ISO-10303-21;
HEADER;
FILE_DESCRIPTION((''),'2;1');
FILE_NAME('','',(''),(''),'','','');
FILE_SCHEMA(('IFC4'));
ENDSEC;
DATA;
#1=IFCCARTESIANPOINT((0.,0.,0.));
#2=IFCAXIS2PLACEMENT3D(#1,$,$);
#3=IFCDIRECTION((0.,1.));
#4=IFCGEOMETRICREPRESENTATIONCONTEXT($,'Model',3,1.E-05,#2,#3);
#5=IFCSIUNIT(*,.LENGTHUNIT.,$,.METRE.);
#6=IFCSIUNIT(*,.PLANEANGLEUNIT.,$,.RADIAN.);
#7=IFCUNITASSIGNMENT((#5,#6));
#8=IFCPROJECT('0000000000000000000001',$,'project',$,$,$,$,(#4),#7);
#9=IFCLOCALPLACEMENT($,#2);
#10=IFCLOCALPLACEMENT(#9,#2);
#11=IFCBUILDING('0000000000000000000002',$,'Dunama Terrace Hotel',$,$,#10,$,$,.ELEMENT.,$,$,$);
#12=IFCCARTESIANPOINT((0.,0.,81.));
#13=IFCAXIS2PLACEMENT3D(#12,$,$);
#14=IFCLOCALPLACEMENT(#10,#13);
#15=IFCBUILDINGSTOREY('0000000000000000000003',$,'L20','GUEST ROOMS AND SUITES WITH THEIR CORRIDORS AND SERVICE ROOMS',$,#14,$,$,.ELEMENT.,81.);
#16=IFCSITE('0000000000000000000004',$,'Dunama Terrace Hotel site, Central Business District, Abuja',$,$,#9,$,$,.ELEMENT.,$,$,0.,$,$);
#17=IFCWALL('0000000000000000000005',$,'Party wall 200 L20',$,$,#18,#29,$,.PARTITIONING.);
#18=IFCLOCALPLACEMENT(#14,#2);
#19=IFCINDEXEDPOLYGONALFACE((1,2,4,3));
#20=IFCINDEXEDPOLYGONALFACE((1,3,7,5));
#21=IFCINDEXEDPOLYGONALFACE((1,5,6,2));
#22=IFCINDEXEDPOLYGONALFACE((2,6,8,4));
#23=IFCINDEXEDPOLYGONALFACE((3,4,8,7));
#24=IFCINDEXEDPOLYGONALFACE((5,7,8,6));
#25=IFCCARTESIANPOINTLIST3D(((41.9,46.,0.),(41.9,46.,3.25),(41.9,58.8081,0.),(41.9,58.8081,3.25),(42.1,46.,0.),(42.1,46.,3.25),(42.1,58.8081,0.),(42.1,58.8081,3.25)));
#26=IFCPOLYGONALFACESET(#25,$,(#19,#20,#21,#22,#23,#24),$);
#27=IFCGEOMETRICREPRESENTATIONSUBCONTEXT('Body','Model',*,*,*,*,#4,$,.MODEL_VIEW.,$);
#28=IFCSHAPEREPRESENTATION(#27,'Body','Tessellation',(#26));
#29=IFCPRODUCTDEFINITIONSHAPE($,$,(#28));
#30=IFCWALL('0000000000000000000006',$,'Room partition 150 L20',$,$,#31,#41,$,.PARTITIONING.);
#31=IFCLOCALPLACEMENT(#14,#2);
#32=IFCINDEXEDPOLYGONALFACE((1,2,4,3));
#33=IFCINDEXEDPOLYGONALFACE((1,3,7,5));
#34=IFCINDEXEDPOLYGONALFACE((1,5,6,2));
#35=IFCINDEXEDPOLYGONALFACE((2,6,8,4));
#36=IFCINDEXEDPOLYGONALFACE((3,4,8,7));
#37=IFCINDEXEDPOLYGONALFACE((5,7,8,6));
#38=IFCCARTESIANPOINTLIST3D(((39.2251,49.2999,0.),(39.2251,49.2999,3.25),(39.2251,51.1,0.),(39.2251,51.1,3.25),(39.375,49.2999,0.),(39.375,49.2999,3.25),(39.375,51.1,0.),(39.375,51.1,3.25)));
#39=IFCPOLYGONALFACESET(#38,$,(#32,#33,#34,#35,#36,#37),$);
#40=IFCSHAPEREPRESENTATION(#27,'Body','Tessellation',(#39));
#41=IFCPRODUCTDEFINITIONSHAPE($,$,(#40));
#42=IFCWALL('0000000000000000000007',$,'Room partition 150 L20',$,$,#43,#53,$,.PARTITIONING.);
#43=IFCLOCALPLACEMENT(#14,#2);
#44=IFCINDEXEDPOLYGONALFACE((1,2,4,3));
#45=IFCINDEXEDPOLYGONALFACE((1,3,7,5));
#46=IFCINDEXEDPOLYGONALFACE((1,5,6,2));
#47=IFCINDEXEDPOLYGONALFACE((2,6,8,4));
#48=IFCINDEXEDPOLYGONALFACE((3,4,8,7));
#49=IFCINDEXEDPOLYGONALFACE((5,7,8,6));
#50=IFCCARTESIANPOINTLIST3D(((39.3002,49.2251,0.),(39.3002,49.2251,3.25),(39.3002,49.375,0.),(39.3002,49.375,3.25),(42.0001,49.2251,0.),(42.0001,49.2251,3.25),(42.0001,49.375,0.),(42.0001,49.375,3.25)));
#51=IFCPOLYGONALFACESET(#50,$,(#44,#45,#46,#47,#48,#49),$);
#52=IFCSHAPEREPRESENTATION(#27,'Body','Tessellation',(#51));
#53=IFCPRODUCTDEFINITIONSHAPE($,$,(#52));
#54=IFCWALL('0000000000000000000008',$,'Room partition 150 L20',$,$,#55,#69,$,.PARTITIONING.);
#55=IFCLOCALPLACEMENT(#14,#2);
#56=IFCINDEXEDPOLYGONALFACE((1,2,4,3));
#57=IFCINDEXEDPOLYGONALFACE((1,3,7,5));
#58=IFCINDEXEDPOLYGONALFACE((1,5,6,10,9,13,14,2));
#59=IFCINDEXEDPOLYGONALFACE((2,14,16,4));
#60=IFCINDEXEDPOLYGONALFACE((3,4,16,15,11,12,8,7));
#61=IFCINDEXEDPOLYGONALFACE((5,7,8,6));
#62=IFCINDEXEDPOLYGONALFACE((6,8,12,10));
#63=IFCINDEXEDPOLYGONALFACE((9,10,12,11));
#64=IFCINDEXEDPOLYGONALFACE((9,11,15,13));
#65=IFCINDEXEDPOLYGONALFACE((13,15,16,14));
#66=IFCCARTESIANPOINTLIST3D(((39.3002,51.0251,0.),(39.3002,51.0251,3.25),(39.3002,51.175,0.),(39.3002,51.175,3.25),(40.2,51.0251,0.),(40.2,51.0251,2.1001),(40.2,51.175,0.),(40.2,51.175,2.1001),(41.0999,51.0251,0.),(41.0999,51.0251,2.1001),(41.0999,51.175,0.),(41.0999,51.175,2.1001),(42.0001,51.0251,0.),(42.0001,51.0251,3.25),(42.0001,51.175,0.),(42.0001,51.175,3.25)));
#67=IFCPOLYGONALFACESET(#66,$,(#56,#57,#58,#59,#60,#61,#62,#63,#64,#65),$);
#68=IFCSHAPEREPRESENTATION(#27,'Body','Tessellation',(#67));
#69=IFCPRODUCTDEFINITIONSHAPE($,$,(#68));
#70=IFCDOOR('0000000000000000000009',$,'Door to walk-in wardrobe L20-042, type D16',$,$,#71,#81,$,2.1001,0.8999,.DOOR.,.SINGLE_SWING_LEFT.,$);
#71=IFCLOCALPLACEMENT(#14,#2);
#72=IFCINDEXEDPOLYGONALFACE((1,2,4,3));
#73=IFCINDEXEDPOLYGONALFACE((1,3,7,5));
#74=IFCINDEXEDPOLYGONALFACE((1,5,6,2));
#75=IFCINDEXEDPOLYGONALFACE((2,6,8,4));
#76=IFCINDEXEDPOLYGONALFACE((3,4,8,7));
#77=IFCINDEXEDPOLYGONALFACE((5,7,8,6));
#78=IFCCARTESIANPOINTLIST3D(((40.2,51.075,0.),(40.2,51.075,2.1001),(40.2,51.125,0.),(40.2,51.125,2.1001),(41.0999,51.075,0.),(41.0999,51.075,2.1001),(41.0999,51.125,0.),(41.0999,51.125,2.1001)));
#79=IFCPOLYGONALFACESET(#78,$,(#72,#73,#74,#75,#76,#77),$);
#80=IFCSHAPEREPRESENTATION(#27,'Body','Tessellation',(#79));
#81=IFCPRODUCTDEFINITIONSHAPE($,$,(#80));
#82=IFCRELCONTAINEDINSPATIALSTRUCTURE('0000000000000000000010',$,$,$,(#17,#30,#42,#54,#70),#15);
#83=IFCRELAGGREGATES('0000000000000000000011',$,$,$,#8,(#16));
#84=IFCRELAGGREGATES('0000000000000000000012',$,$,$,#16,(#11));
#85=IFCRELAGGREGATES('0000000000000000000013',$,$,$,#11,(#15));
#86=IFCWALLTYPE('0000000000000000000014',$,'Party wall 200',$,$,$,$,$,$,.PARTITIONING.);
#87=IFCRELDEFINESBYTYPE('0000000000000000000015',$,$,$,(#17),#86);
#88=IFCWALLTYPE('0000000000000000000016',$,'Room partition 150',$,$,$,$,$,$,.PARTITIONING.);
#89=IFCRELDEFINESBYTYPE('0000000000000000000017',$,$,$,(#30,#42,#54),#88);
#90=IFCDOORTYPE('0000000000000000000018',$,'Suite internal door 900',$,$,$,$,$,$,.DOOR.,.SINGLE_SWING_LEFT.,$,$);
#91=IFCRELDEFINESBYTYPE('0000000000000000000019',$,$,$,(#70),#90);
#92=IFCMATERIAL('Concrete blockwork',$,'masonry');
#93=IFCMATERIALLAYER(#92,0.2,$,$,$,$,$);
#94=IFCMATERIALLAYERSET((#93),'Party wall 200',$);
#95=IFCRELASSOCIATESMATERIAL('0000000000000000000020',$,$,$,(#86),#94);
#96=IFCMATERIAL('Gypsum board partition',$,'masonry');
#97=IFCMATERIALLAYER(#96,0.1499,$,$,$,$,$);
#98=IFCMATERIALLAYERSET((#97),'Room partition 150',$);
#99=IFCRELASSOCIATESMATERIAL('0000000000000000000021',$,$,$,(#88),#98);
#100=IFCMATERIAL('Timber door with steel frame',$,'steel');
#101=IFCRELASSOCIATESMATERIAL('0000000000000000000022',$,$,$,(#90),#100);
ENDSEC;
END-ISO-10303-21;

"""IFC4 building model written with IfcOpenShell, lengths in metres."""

from ifc_helpers import new_model, si_unit, direction, frame, frame_2d, origin, place, context, subcontext, project, spatial, rectangle, extrude, material, layer, layer_set, type_object, element, fill, save


model = new_model("IFC4")

# Units and contexts
model_context = context("Model", 3, precision=1e-05, world=origin(), true_north=direction((0.0, 1.0)))
body_context = subcontext(model_context, "Body", "Model", "MODEL_VIEW")
ifc_project = project(units=[si_unit("LENGTHUNIT", "METRE"), si_unit("PLANEANGLEUNIT", "RADIAN")], contexts=[model_context])

# Site, building, storey
site_placement = place(None, origin())
site = spatial("IfcSite", under=ifc_project, at=site_placement, Name="Dunama Terrace Hotel site, Central Business District, Abuja", CompositionType="ELEMENT", RefElevation=0.0)
building_placement = place(site_placement, origin())
building = spatial("IfcBuilding", under=site, at=building_placement, Name="Dunama Terrace Hotel", CompositionType="ELEMENT")
storey_placement = place(building_placement, frame((0.0, 0.0, 81.0)))
storey = spatial("IfcBuildingStorey", under=building, at=storey_placement, Name="L20", Description="GUEST ROOMS AND SUITES WITH THEIR CORRIDORS AND SERVICE ROOMS", CompositionType="ELEMENT", Elevation=81.0)

# Walls
ifc_material_1 = material(Name="Concrete blockwork", Category="masonry")
ifc_layer_1 = layer(ifc_material_1, 0.2)
ifc_layer_set_1 = layer_set([ifc_layer_1], Name="Party wall 200")
wall_type_1 = type_object("IfcWallType", Name="Party wall 200", PredefinedType="PARTITIONING", material=ifc_layer_set_1)
for number, where, z_axis, x_axis, name in (
    (1, (42.0, 46.0, 0.0), (0.0, 0.0, 1.0), (0.0, 1.0, 0.0), "Party wall 200 L20"),
):
    element("IfcWall", number, at=place(storey_placement, frame(where, z_axis=z_axis, x_axis=x_axis)), inside=storey, type_object=wall_type_1, Name=name, PredefinedType="PARTITIONING", context=body_context, shape_type="SweptSolid", body=[
        extrude(rectangle(XDim=12.8081, YDim=0.2, at=frame_2d((6.4041, 0.0))), origin(), (0.0, 0.0, 1.0), 3.25),
    ])
ifc_material_2 = material(Name="Gypsum board partition", Category="masonry")
ifc_layer_2 = layer(ifc_material_2, 0.1499)
ifc_layer_set_2 = layer_set([ifc_layer_2], Name="Room partition 150")
wall_type_2 = type_object("IfcWallType", Name="Room partition 150", PredefinedType="PARTITIONING", material=ifc_layer_set_2)
wall_1_placement = place(storey_placement, frame((39.3, 49.3, 0.0), z_axis=(0.0, 0.0, 1.0), x_axis=(0.0, 1.0, 0.0)))
element("IfcWall", 2, at=wall_1_placement, inside=storey, type_object=wall_type_2, Name="Room partition 150 L20", PredefinedType="PARTITIONING", context=body_context, shape_type="SweptSolid", body=[
    extrude(rectangle(XDim=1.8, YDim=0.1499, at=frame_2d((0.8999, 0.0))), origin(), (0.0, 0.0, 1.0), 3.25),
])
wall_2_placement = place(storey_placement, frame((39.3, 49.3, 0.0), z_axis=(0.0, 0.0, 1.0), x_axis=(1.0, 0.0, 0.0)))
element("IfcWall", 3, at=wall_2_placement, inside=storey, type_object=wall_type_2, Name="Room partition 150 L20", PredefinedType="PARTITIONING", context=body_context, shape_type="SweptSolid", body=[
    extrude(rectangle(XDim=2.7, YDim=0.1499, at=frame_2d((1.3501, 0.0))), origin(), (0.0, 0.0, 1.0), 3.25),
])

# Wall, opening, door
wall_3_placement = place(storey_placement, frame((39.3, 51.1001, 0.0), z_axis=(0.0, 0.0, 1.0), x_axis=(1.0, 0.0, 0.0)))
wall_3 = element("IfcWall", 4, at=wall_3_placement, inside=storey, type_object=wall_type_2, Name="Room partition 150 L20", PredefinedType="PARTITIONING", context=body_context, shape_type="SweptSolid", body=[
    extrude(rectangle(XDim=2.7, YDim=0.1499, at=frame_2d((1.3501, 0.0))), origin(), (0.0, 0.0, 1.0), 3.25),
])
opening_1_placement = place(wall_3_placement, frame((0.8999, 0.0, 0.0)))
opening_1 = element("IfcOpeningElement", 5, at=opening_1_placement, cuts=wall_3, PredefinedType="OPENING", context=body_context, shape_type="SweptSolid", body=[
    extrude(rectangle(XDim=0.8999, YDim=2.1001, at=frame_2d((0.45, 1.05))), frame((0.0, 0.085, 0.0), z_axis=(0.0, -1.0, 0.0), x_axis=(1.0, 0.0, 0.0)), (0.0, 0.0, 1.0), 0.1699),
])
ifc_material_3 = material(Name="Timber door with steel frame", Category="steel")
door_type_1 = type_object("IfcDoorType", Name="Suite internal door 900", OperationType="SINGLE_SWING_LEFT", PredefinedType="DOOR", material=ifc_material_3)
door_1_placement = place(opening_1_placement, frame((0.8999, 0.0, 0.0), z_axis=(0.0, 0.0, 1.0), x_axis=(-1.0, 0.0, 0.0)))
door_1 = element("IfcDoor", 6, at=door_1_placement, inside=storey, type_object=door_type_1, Name="Door to walk-in wardrobe L20-042, type D16", OperationType="SINGLE_SWING_LEFT", OverallHeight=2.1001, OverallWidth=0.8999, PredefinedType="DOOR", context=body_context, shape_type="SweptSolid", body=[
    extrude(rectangle(XDim=0.8999, YDim=2.1001, at=frame_2d((0.45, 1.05))), frame((0.0, 0.0251, 0.0), z_axis=(0.0, -1.0, 0.0), x_axis=(1.0, 0.0, 0.0)), (0.0, 0.0, 1.0), 0.05),
])
fill(opening_1, door_1)

save(model, "model.ifc")
